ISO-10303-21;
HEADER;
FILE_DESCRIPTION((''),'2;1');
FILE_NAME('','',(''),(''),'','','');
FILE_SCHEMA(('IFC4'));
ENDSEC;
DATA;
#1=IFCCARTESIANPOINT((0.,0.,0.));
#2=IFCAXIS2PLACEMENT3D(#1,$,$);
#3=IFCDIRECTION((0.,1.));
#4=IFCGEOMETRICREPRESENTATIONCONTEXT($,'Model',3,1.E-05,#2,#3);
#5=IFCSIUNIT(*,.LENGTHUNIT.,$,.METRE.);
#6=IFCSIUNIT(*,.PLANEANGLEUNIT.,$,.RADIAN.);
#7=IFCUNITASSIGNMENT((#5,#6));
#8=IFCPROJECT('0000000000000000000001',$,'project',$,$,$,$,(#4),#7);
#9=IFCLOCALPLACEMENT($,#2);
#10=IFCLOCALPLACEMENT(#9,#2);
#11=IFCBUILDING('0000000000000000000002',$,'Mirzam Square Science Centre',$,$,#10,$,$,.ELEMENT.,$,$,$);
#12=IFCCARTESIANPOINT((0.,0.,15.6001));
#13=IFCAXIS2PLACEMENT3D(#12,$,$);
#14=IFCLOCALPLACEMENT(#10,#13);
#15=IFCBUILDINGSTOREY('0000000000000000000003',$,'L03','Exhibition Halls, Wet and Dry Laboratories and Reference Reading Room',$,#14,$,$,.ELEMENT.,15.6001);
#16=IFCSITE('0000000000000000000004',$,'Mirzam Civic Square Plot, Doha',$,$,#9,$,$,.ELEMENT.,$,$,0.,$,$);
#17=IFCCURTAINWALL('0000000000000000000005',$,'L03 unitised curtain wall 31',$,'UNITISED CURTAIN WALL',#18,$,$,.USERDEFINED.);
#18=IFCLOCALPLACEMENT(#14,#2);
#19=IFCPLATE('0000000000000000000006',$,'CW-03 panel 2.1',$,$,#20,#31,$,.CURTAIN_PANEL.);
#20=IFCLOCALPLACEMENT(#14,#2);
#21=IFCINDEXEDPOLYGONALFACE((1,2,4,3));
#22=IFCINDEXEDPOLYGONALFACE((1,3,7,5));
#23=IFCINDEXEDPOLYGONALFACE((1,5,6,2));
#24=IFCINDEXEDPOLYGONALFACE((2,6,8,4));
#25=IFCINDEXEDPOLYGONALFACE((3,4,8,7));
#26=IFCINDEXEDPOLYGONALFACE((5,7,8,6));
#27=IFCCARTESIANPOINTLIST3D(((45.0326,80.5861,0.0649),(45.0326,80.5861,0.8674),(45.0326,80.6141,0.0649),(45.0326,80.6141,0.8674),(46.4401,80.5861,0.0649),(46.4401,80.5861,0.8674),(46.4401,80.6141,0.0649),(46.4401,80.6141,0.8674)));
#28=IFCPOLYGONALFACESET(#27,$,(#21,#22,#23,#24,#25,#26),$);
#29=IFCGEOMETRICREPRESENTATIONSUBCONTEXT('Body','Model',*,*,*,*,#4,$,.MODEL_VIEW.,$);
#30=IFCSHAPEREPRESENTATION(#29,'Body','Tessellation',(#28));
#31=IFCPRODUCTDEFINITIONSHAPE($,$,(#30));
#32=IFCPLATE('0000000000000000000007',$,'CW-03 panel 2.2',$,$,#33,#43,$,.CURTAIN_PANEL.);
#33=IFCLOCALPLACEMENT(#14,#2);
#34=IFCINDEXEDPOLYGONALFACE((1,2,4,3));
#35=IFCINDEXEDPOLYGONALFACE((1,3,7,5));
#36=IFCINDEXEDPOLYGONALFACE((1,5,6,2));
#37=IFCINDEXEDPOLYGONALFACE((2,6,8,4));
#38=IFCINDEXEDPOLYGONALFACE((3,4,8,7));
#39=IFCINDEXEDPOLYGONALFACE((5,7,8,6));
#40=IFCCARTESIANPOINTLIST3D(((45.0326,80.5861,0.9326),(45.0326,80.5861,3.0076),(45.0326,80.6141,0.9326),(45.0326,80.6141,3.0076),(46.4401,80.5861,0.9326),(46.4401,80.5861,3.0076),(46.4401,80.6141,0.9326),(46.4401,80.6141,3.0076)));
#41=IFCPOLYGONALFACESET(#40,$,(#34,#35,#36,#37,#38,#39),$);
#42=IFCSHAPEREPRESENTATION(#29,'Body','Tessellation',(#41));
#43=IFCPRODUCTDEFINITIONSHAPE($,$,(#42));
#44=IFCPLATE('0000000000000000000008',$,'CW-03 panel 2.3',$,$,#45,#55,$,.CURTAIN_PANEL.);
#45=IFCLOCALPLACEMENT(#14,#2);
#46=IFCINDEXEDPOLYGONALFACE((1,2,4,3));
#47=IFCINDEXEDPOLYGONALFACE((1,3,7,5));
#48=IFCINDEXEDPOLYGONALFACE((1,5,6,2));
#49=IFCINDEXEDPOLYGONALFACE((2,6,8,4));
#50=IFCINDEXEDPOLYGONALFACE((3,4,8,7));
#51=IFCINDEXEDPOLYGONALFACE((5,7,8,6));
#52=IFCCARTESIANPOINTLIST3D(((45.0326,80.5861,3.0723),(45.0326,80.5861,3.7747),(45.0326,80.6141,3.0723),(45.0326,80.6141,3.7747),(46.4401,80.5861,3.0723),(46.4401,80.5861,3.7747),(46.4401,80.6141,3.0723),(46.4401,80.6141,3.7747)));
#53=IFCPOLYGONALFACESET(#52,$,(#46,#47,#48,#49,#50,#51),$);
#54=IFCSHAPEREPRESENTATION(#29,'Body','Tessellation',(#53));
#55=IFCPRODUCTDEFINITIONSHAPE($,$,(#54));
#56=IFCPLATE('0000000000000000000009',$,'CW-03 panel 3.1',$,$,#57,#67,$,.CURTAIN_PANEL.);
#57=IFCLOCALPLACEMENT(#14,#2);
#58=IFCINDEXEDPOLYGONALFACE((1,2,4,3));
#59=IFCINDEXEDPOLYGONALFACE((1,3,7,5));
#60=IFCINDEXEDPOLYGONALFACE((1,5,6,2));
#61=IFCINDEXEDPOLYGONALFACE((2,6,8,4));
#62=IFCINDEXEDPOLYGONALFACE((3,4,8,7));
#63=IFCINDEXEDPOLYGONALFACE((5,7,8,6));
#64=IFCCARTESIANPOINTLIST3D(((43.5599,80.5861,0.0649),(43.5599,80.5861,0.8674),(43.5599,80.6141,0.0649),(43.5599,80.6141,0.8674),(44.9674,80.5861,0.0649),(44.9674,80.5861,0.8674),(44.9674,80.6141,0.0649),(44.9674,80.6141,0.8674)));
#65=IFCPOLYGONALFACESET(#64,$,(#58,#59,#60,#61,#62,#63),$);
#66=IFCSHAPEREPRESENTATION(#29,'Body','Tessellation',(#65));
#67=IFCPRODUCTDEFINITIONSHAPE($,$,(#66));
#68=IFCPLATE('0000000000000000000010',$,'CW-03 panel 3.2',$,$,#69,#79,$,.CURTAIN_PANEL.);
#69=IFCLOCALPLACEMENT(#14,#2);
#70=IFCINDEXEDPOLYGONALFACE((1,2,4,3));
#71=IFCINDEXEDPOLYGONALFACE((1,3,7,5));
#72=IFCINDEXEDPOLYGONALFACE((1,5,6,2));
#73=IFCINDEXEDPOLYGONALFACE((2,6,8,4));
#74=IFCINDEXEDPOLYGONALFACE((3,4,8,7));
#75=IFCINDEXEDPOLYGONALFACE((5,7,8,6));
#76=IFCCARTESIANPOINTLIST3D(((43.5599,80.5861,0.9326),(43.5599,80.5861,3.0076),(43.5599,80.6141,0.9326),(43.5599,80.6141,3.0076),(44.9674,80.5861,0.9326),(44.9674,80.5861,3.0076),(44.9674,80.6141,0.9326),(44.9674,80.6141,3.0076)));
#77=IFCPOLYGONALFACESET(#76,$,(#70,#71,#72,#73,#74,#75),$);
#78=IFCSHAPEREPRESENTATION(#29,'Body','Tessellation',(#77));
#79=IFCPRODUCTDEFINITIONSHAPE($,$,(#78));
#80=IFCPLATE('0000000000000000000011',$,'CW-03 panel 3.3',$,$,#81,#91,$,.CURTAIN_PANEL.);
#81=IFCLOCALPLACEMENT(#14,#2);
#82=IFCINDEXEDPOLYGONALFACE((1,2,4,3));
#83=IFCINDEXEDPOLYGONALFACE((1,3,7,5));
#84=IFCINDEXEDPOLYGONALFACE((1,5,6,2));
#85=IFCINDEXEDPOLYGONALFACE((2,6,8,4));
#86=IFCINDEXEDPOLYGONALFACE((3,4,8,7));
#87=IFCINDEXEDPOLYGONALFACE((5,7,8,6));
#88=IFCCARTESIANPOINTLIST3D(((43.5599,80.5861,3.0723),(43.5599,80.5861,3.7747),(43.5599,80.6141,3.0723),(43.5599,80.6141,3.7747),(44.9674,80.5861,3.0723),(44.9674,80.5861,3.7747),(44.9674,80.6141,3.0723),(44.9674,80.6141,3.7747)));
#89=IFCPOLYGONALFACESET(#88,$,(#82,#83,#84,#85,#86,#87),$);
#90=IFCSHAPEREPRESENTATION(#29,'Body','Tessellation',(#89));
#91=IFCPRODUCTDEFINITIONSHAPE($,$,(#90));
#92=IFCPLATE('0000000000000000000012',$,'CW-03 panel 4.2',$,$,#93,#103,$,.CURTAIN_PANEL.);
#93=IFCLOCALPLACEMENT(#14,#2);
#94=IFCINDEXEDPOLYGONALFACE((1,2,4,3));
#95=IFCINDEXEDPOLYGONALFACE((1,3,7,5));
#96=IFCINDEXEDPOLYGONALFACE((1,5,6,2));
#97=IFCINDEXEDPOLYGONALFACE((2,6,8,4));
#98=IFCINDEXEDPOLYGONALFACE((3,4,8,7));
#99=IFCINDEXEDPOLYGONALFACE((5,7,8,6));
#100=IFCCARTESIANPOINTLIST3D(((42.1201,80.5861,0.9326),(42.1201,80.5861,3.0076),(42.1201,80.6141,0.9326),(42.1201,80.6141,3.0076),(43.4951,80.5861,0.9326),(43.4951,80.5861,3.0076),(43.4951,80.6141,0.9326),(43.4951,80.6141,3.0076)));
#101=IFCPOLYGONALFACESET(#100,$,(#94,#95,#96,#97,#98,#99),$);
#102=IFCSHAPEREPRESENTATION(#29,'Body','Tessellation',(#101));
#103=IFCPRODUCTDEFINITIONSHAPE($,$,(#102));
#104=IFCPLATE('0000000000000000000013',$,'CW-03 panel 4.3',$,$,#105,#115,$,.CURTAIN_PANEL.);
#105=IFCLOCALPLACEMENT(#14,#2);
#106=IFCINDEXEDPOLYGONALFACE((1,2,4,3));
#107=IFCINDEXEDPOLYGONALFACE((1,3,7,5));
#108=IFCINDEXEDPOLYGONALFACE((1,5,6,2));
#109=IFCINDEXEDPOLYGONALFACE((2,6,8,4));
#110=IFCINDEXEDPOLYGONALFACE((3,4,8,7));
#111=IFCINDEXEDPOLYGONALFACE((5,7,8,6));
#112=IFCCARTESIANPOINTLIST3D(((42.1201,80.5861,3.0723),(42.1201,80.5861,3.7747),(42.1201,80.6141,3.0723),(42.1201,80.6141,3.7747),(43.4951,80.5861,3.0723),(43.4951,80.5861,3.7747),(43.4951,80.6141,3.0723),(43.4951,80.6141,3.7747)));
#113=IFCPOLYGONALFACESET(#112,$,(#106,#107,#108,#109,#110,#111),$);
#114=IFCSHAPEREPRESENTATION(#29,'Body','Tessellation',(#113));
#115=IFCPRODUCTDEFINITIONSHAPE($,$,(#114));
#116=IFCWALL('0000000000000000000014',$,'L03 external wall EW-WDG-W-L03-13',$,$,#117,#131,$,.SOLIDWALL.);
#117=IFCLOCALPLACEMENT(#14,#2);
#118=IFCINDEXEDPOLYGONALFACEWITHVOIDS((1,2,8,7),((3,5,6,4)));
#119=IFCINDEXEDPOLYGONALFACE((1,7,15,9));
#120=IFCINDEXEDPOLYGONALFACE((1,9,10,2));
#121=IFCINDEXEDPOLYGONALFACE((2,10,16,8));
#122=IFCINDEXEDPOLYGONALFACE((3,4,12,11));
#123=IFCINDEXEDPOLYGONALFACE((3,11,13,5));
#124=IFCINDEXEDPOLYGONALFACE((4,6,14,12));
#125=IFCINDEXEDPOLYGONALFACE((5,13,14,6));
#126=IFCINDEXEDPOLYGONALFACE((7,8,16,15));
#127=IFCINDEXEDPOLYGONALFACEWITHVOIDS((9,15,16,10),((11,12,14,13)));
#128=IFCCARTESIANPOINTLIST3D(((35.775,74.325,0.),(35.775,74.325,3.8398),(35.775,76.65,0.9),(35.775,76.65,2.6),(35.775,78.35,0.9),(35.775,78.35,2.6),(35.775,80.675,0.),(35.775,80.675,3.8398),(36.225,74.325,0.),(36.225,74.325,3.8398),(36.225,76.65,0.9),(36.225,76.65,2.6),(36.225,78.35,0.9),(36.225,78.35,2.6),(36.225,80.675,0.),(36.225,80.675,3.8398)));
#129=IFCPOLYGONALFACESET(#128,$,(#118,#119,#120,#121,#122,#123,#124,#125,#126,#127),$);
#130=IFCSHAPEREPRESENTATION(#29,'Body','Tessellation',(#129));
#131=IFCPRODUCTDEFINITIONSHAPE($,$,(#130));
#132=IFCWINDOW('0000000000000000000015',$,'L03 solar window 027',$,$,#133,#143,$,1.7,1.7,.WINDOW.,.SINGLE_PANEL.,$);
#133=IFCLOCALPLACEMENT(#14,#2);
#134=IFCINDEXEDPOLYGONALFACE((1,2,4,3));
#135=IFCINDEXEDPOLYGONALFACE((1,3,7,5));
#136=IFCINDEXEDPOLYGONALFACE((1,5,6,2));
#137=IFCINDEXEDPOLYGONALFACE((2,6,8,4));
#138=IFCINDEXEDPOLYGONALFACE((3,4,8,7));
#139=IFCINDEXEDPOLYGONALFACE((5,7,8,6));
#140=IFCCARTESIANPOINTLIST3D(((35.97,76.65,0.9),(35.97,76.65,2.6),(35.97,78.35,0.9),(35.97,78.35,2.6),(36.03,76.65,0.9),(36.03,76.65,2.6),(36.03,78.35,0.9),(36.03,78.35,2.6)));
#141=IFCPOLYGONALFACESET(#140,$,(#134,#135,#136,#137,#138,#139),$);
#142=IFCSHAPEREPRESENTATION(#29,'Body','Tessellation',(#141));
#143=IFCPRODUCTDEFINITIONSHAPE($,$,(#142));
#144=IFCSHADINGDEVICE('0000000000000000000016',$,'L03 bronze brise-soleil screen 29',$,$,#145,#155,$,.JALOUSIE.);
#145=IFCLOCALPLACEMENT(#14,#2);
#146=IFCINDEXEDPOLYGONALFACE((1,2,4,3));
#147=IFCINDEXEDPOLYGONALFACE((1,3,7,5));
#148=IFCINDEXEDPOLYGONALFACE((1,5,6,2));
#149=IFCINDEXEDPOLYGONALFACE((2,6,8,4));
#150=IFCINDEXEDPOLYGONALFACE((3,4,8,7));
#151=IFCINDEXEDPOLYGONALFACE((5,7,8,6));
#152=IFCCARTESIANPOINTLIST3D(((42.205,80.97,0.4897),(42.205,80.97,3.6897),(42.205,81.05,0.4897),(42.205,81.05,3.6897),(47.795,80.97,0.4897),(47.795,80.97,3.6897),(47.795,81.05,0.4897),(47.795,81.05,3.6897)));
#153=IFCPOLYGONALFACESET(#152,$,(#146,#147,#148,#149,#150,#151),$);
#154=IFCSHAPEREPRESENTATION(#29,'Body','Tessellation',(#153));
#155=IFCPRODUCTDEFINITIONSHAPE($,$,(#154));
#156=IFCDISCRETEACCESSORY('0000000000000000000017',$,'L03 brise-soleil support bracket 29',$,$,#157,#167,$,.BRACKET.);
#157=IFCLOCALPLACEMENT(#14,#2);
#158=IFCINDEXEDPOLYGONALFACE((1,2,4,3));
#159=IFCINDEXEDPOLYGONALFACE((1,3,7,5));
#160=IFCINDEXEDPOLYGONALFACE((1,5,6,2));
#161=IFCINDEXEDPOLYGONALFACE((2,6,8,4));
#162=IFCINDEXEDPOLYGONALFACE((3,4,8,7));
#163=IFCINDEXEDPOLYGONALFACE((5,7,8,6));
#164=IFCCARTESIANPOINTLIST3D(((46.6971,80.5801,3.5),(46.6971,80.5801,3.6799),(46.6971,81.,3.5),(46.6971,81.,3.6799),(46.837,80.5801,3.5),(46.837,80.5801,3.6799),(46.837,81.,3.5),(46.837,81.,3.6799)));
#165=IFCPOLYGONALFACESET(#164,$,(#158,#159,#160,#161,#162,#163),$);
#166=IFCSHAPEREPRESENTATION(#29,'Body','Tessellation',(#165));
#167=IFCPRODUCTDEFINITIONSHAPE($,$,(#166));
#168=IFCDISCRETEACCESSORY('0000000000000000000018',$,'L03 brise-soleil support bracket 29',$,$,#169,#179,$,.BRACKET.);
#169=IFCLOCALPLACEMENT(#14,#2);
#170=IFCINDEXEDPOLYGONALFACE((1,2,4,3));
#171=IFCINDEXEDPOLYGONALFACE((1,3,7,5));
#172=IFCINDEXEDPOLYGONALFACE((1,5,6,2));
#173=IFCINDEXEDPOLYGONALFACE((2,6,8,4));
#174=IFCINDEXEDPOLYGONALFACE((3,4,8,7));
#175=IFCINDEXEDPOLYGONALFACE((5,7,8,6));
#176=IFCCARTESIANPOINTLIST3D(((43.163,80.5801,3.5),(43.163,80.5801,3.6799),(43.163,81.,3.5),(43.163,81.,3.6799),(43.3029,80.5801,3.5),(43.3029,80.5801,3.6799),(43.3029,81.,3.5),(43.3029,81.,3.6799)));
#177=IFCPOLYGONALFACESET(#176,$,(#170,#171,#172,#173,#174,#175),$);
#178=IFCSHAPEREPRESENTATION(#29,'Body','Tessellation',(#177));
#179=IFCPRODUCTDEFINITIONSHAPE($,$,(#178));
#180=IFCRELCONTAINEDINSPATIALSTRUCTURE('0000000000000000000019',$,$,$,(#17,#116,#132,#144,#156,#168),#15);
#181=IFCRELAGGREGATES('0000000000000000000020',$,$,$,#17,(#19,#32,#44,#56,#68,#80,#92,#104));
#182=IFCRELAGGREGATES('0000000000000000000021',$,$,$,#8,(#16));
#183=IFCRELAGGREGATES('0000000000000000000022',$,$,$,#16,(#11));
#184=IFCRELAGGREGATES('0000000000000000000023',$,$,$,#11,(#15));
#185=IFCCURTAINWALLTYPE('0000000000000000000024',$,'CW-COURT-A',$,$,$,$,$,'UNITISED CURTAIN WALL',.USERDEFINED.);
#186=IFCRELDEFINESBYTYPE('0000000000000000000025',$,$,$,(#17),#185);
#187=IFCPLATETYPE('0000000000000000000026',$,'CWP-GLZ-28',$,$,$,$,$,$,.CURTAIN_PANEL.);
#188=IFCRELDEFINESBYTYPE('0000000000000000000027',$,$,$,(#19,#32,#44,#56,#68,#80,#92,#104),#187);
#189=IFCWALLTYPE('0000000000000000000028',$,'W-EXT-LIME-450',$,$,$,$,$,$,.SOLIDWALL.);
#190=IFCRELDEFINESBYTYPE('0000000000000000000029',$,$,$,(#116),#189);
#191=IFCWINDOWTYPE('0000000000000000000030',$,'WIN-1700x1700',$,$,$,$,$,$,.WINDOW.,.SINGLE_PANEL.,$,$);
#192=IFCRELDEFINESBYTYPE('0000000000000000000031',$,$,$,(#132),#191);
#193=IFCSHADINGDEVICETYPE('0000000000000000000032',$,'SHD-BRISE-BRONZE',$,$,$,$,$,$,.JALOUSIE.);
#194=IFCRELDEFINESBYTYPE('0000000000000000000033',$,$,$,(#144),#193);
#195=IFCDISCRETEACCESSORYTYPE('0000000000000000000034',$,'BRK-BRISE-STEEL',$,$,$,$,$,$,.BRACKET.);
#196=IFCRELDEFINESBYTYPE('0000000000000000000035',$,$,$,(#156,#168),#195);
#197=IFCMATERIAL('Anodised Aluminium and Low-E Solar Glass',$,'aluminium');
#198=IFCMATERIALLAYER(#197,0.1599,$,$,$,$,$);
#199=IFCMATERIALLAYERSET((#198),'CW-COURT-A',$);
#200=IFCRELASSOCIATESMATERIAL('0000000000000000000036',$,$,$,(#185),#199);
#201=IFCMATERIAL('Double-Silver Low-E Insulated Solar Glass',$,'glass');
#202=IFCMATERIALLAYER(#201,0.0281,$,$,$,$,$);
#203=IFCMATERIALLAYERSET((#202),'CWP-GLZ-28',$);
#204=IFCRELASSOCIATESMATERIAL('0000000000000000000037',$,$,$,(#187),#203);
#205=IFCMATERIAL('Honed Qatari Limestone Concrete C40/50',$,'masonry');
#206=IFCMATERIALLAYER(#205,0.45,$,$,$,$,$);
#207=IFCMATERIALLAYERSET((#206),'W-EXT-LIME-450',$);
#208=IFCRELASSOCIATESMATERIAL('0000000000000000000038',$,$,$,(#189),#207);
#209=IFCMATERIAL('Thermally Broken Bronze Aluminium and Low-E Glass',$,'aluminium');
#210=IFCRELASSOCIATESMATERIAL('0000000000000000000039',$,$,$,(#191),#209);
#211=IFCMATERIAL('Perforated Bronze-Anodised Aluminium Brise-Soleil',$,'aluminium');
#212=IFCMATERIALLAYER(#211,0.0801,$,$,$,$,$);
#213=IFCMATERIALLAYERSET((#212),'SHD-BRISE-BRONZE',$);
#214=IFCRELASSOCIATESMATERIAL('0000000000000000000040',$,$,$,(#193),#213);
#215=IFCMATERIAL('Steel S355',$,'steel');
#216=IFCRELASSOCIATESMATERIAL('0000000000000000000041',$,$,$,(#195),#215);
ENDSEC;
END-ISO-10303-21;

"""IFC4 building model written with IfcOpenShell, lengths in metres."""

from ifc_helpers import new_model, si_unit, direction, frame, frame_2d, origin, origin_2d, place, context, subcontext, project, spatial, rectangle, extrude, material, layer, layer_set, type_object, element, fill, aggregate, save


model = new_model("IFC4")

# Units and contexts
model_context = context("Model", 3, precision=1e-05, world=origin(), true_north=direction((0.0, 1.0)))
body_context = subcontext(model_context, "Body", "Model", "MODEL_VIEW")
ifc_project = project(units=[si_unit("LENGTHUNIT", "METRE"), si_unit("PLANEANGLEUNIT", "RADIAN")], contexts=[model_context])

# Site, building, storey
site_placement = place(None, origin())
site = spatial("IfcSite", under=ifc_project, at=site_placement, Name="Mirzam Civic Square Plot, Doha", CompositionType="ELEMENT", RefElevation=0.0)
building_placement = place(site_placement, origin())
building = spatial("IfcBuilding", under=site, at=building_placement, Name="Mirzam Square Science Centre", CompositionType="ELEMENT")
storey_placement = place(building_placement, frame((0.0, 0.0, 15.6001)))
storey = spatial("IfcBuildingStorey", under=building, at=storey_placement, Name="L03", Description="Exhibition Halls, Wet and Dry Laboratories and Reference Reading Room", CompositionType="ELEMENT", Elevation=15.6001)

# Curtain wall, plates
ifc_material_1 = material(Name="Anodised Aluminium and Low-E Solar Glass", Category="aluminium")
ifc_layer_1 = layer(ifc_material_1, 0.1599)
ifc_layer_set_1 = layer_set([ifc_layer_1], Name="CW-COURT-A")
curtain_wall_type = type_object("IfcCurtainWallType", Name="CW-COURT-A", ElementType="UNITISED CURTAIN WALL", PredefinedType="USERDEFINED", material=ifc_layer_set_1)
curtain_wall_placement = place(storey_placement, origin())
curtain_wall = element("IfcCurtainWall", 1, at=curtain_wall_placement, inside=storey, type_object=curtain_wall_type, Name="L03 unitised curtain wall 31", ObjectType="UNITISED CURTAIN WALL", PredefinedType="USERDEFINED")
ifc_material_2 = material(Name="Double-Silver Low-E Insulated Solar Glass", Category="glass")
ifc_layer_2 = layer(ifc_material_2, 0.0281)
ifc_layer_set_2 = layer_set([ifc_layer_2], Name="CWP-GLZ-28")
plate_type = type_object("IfcPlateType", Name="CWP-GLZ-28", PredefinedType="CURTAIN_PANEL", material=ifc_layer_set_2)
plate_1_placement = place(storey_placement, frame((45.7363, 80.6001, 0.0649), z_axis=(0.0, 0.0, 1.0), x_axis=(-1.0, 0.0, 0.0)))
plate_1 = element("IfcPlate", 2, at=plate_1_placement, type_object=plate_type, Name="CW-03 panel 2.1", PredefinedType="CURTAIN_PANEL", context=body_context, shape_type="SweptSolid", body=[
    extrude(rectangle(XDim=1.4075, YDim=0.0281, at=origin_2d()), origin(), (0.0, 0.0, 1.0), 0.8025),
])
plate_2_placement = place(storey_placement, frame((45.7363, 80.6001, 0.9326), z_axis=(0.0, 0.0, 1.0), x_axis=(-1.0, 0.0, 0.0)))
plate_2 = element("IfcPlate", 3, at=plate_2_placement, type_object=plate_type, Name="CW-03 panel 2.2", PredefinedType="CURTAIN_PANEL", context=body_context, shape_type="SweptSolid", body=[
    extrude(rectangle(XDim=1.4075, YDim=0.0281, at=origin_2d()), origin(), (0.0, 0.0, 1.0), 2.075),
])
plate_3_placement = place(storey_placement, frame((45.7363, 80.6001, 3.0723), z_axis=(0.0, 0.0, 1.0), x_axis=(-1.0, 0.0, 0.0)))
plate_3 = element("IfcPlate", 4, at=plate_3_placement, type_object=plate_type, Name="CW-03 panel 2.3", PredefinedType="CURTAIN_PANEL", context=body_context, shape_type="SweptSolid", body=[
    extrude(rectangle(XDim=1.4075, YDim=0.0281, at=origin_2d()), origin(), (0.0, 0.0, 1.0), 0.7024),
])
plate_4_placement = place(storey_placement, frame((44.2637, 80.6001, 0.0649), z_axis=(0.0, 0.0, 1.0), x_axis=(-1.0, 0.0, 0.0)))
plate_4 = element("IfcPlate", 5, at=plate_4_placement, type_object=plate_type, Name="CW-03 panel 3.1", PredefinedType="CURTAIN_PANEL", context=body_context, shape_type="SweptSolid", body=[
    extrude(rectangle(XDim=1.4075, YDim=0.0281, at=origin_2d()), origin(), (0.0, 0.0, 1.0), 0.8025),
])
plate_5_placement = place(storey_placement, frame((44.2637, 80.6001, 0.9326), z_axis=(0.0, 0.0, 1.0), x_axis=(-1.0, 0.0, 0.0)))
plate_5 = element("IfcPlate", 6, at=plate_5_placement, type_object=plate_type, Name="CW-03 panel 3.2", PredefinedType="CURTAIN_PANEL", context=body_context, shape_type="SweptSolid", body=[
    extrude(rectangle(XDim=1.4075, YDim=0.0281, at=origin_2d()), origin(), (0.0, 0.0, 1.0), 2.075),
])
plate_6_placement = place(storey_placement, frame((44.2637, 80.6001, 3.0723), z_axis=(0.0, 0.0, 1.0), x_axis=(-1.0, 0.0, 0.0)))
plate_6 = element("IfcPlate", 7, at=plate_6_placement, type_object=plate_type, Name="CW-03 panel 3.3", PredefinedType="CURTAIN_PANEL", context=body_context, shape_type="SweptSolid", body=[
    extrude(rectangle(XDim=1.4075, YDim=0.0281, at=origin_2d()), origin(), (0.0, 0.0, 1.0), 0.7024),
])
plate_7_placement = place(storey_placement, frame((42.8076, 80.6001, 0.9326), z_axis=(0.0, 0.0, 1.0), x_axis=(-1.0, 0.0, 0.0)))
plate_7 = element("IfcPlate", 8, at=plate_7_placement, type_object=plate_type, Name="CW-03 panel 4.2", PredefinedType="CURTAIN_PANEL", context=body_context, shape_type="SweptSolid", body=[
    extrude(rectangle(XDim=1.375, YDim=0.0281, at=origin_2d()), origin(), (0.0, 0.0, 1.0), 2.075),
])
plate_8_placement = place(storey_placement, frame((42.8076, 80.6001, 3.0723), z_axis=(0.0, 0.0, 1.0), x_axis=(-1.0, 0.0, 0.0)))
plate_8 = element("IfcPlate", 9, at=plate_8_placement, type_object=plate_type, Name="CW-03 panel 4.3", PredefinedType="CURTAIN_PANEL", context=body_context, shape_type="SweptSolid", body=[
    extrude(rectangle(XDim=1.375, YDim=0.0281, at=origin_2d()), origin(), (0.0, 0.0, 1.0), 0.7024),
])
aggregate(curtain_wall, [plate_1, plate_2, plate_3, plate_4, plate_5, plate_6, plate_7, plate_8])

# Wall, opening, window
ifc_material_3 = material(Name="Honed Qatari Limestone Concrete C40/50", Category="masonry")
ifc_layer_3 = layer(ifc_material_3, 0.45)
ifc_layer_set_3 = layer_set([ifc_layer_3], Name="W-EXT-LIME-450")
wall_type = type_object("IfcWallType", Name="W-EXT-LIME-450", PredefinedType="SOLIDWALL", material=ifc_layer_set_3)
wall_placement = place(storey_placement, frame((36.0, 80.675, 0.0), z_axis=(0.0, 0.0, 1.0), x_axis=(0.0, -1.0, 0.0)))
wall = element("IfcWall", 10, at=wall_placement, inside=storey, type_object=wall_type, Name="L03 external wall EW-WDG-W-L03-13", PredefinedType="SOLIDWALL", context=body_context, shape_type="SweptSolid", body=[
    extrude(rectangle(XDim=6.3501, YDim=0.45, at=frame_2d((3.175, 0.0))), origin(), (0.0, 0.0, 1.0), 3.8398),
])
opening_placement = place(wall_placement, frame((2.325, 0.0, 0.8999)))
opening = element("IfcOpeningElement", 11, at=opening_placement, cuts=wall, PredefinedType="OPENING", context=body_context, shape_type="SweptSolid", body=[
    extrude(rectangle(XDim=1.7, YDim=1.7, at=frame_2d((0.8501, 0.8501))), frame((0.0, 0.2349, 0.0), z_axis=(0.0, -1.0, 0.0), x_axis=(1.0, 0.0, 0.0)), (0.0, 0.0, 1.0), 0.47),
])
ifc_material_4 = material(Name="Thermally Broken Bronze Aluminium and Low-E Glass", Category="aluminium")
window_type = type_object("IfcWindowType", Name="WIN-1700x1700", PartitioningType="SINGLE_PANEL", PredefinedType="WINDOW", material=ifc_material_4)
window_placement = place(opening_placement, origin())
window = element("IfcWindow", 12, at=window_placement, inside=storey, type_object=window_type, Name="L03 solar window 027", OverallHeight=1.7, OverallWidth=1.7, PartitioningType="SINGLE_PANEL", PredefinedType="WINDOW", context=body_context, shape_type="SweptSolid", body=[
    extrude(rectangle(XDim=1.7, YDim=1.7, at=frame_2d((0.8501, 0.8501))), frame((0.0, 0.03, 0.0), z_axis=(0.0, -1.0, 0.0), x_axis=(1.0, 0.0, 0.0)), (0.0, 0.0, 1.0), 0.0601),
])
fill(opening, window)

# Shading device
ifc_material_5 = material(Name="Perforated Bronze-Anodised Aluminium Brise-Soleil", Category="aluminium")
ifc_layer_4 = layer(ifc_material_5, 0.0801)
ifc_layer_set_4 = layer_set([ifc_layer_4], Name="SHD-BRISE-BRONZE")
shading_device_type = type_object("IfcShadingDeviceType", Name="SHD-BRISE-BRONZE", PredefinedType="JALOUSIE", material=ifc_layer_set_4)
shading_device_placement = place(storey_placement, frame((45.0, 81.01, 0.4897), z_axis=(0.0, 0.0, 1.0), x_axis=(-1.0, 0.0, 0.0)))
element("IfcShadingDevice", 13, at=shading_device_placement, inside=storey, type_object=shading_device_type, Name="L03 bronze brise-soleil screen 29", PredefinedType="JALOUSIE", context=body_context, shape_type="SweptSolid", body=[
    extrude(rectangle(XDim=5.5901, YDim=0.0801, at=origin_2d()), origin(), (0.0, 0.0, 1.0), 3.2),
])

# Discrete accessories
ifc_material_6 = material(Name="Steel S355", Category="steel")
discrete_accessory_type = type_object("IfcDiscreteAccessoryType", Name="BRK-BRISE-STEEL", PredefinedType="BRACKET", material=ifc_material_6)
for number, where, z_axis, x_axis, name in (
    (14, (46.7671, 80.79, 3.5), (0.0, 0.0, 1.0), (-1.0, 0.0, 0.0), "L03 brise-soleil support bracket 29"),
    (15, (43.2329, 80.79, 3.5), (0.0, 0.0, 1.0), (-1.0, 0.0, 0.0), "L03 brise-soleil support bracket 29"),
):
    element("IfcDiscreteAccessory", number, at=place(storey_placement, frame(where, z_axis=z_axis, x_axis=x_axis)), inside=storey, type_object=discrete_accessory_type, Name=name, PredefinedType="BRACKET", context=body_context, shape_type="SweptSolid", body=[
        extrude(rectangle(XDim=0.1399, YDim=0.4199, at=origin_2d()), origin(), (0.0, 0.0, 1.0), 0.1799),
    ])

save(model, "model.ifc")
